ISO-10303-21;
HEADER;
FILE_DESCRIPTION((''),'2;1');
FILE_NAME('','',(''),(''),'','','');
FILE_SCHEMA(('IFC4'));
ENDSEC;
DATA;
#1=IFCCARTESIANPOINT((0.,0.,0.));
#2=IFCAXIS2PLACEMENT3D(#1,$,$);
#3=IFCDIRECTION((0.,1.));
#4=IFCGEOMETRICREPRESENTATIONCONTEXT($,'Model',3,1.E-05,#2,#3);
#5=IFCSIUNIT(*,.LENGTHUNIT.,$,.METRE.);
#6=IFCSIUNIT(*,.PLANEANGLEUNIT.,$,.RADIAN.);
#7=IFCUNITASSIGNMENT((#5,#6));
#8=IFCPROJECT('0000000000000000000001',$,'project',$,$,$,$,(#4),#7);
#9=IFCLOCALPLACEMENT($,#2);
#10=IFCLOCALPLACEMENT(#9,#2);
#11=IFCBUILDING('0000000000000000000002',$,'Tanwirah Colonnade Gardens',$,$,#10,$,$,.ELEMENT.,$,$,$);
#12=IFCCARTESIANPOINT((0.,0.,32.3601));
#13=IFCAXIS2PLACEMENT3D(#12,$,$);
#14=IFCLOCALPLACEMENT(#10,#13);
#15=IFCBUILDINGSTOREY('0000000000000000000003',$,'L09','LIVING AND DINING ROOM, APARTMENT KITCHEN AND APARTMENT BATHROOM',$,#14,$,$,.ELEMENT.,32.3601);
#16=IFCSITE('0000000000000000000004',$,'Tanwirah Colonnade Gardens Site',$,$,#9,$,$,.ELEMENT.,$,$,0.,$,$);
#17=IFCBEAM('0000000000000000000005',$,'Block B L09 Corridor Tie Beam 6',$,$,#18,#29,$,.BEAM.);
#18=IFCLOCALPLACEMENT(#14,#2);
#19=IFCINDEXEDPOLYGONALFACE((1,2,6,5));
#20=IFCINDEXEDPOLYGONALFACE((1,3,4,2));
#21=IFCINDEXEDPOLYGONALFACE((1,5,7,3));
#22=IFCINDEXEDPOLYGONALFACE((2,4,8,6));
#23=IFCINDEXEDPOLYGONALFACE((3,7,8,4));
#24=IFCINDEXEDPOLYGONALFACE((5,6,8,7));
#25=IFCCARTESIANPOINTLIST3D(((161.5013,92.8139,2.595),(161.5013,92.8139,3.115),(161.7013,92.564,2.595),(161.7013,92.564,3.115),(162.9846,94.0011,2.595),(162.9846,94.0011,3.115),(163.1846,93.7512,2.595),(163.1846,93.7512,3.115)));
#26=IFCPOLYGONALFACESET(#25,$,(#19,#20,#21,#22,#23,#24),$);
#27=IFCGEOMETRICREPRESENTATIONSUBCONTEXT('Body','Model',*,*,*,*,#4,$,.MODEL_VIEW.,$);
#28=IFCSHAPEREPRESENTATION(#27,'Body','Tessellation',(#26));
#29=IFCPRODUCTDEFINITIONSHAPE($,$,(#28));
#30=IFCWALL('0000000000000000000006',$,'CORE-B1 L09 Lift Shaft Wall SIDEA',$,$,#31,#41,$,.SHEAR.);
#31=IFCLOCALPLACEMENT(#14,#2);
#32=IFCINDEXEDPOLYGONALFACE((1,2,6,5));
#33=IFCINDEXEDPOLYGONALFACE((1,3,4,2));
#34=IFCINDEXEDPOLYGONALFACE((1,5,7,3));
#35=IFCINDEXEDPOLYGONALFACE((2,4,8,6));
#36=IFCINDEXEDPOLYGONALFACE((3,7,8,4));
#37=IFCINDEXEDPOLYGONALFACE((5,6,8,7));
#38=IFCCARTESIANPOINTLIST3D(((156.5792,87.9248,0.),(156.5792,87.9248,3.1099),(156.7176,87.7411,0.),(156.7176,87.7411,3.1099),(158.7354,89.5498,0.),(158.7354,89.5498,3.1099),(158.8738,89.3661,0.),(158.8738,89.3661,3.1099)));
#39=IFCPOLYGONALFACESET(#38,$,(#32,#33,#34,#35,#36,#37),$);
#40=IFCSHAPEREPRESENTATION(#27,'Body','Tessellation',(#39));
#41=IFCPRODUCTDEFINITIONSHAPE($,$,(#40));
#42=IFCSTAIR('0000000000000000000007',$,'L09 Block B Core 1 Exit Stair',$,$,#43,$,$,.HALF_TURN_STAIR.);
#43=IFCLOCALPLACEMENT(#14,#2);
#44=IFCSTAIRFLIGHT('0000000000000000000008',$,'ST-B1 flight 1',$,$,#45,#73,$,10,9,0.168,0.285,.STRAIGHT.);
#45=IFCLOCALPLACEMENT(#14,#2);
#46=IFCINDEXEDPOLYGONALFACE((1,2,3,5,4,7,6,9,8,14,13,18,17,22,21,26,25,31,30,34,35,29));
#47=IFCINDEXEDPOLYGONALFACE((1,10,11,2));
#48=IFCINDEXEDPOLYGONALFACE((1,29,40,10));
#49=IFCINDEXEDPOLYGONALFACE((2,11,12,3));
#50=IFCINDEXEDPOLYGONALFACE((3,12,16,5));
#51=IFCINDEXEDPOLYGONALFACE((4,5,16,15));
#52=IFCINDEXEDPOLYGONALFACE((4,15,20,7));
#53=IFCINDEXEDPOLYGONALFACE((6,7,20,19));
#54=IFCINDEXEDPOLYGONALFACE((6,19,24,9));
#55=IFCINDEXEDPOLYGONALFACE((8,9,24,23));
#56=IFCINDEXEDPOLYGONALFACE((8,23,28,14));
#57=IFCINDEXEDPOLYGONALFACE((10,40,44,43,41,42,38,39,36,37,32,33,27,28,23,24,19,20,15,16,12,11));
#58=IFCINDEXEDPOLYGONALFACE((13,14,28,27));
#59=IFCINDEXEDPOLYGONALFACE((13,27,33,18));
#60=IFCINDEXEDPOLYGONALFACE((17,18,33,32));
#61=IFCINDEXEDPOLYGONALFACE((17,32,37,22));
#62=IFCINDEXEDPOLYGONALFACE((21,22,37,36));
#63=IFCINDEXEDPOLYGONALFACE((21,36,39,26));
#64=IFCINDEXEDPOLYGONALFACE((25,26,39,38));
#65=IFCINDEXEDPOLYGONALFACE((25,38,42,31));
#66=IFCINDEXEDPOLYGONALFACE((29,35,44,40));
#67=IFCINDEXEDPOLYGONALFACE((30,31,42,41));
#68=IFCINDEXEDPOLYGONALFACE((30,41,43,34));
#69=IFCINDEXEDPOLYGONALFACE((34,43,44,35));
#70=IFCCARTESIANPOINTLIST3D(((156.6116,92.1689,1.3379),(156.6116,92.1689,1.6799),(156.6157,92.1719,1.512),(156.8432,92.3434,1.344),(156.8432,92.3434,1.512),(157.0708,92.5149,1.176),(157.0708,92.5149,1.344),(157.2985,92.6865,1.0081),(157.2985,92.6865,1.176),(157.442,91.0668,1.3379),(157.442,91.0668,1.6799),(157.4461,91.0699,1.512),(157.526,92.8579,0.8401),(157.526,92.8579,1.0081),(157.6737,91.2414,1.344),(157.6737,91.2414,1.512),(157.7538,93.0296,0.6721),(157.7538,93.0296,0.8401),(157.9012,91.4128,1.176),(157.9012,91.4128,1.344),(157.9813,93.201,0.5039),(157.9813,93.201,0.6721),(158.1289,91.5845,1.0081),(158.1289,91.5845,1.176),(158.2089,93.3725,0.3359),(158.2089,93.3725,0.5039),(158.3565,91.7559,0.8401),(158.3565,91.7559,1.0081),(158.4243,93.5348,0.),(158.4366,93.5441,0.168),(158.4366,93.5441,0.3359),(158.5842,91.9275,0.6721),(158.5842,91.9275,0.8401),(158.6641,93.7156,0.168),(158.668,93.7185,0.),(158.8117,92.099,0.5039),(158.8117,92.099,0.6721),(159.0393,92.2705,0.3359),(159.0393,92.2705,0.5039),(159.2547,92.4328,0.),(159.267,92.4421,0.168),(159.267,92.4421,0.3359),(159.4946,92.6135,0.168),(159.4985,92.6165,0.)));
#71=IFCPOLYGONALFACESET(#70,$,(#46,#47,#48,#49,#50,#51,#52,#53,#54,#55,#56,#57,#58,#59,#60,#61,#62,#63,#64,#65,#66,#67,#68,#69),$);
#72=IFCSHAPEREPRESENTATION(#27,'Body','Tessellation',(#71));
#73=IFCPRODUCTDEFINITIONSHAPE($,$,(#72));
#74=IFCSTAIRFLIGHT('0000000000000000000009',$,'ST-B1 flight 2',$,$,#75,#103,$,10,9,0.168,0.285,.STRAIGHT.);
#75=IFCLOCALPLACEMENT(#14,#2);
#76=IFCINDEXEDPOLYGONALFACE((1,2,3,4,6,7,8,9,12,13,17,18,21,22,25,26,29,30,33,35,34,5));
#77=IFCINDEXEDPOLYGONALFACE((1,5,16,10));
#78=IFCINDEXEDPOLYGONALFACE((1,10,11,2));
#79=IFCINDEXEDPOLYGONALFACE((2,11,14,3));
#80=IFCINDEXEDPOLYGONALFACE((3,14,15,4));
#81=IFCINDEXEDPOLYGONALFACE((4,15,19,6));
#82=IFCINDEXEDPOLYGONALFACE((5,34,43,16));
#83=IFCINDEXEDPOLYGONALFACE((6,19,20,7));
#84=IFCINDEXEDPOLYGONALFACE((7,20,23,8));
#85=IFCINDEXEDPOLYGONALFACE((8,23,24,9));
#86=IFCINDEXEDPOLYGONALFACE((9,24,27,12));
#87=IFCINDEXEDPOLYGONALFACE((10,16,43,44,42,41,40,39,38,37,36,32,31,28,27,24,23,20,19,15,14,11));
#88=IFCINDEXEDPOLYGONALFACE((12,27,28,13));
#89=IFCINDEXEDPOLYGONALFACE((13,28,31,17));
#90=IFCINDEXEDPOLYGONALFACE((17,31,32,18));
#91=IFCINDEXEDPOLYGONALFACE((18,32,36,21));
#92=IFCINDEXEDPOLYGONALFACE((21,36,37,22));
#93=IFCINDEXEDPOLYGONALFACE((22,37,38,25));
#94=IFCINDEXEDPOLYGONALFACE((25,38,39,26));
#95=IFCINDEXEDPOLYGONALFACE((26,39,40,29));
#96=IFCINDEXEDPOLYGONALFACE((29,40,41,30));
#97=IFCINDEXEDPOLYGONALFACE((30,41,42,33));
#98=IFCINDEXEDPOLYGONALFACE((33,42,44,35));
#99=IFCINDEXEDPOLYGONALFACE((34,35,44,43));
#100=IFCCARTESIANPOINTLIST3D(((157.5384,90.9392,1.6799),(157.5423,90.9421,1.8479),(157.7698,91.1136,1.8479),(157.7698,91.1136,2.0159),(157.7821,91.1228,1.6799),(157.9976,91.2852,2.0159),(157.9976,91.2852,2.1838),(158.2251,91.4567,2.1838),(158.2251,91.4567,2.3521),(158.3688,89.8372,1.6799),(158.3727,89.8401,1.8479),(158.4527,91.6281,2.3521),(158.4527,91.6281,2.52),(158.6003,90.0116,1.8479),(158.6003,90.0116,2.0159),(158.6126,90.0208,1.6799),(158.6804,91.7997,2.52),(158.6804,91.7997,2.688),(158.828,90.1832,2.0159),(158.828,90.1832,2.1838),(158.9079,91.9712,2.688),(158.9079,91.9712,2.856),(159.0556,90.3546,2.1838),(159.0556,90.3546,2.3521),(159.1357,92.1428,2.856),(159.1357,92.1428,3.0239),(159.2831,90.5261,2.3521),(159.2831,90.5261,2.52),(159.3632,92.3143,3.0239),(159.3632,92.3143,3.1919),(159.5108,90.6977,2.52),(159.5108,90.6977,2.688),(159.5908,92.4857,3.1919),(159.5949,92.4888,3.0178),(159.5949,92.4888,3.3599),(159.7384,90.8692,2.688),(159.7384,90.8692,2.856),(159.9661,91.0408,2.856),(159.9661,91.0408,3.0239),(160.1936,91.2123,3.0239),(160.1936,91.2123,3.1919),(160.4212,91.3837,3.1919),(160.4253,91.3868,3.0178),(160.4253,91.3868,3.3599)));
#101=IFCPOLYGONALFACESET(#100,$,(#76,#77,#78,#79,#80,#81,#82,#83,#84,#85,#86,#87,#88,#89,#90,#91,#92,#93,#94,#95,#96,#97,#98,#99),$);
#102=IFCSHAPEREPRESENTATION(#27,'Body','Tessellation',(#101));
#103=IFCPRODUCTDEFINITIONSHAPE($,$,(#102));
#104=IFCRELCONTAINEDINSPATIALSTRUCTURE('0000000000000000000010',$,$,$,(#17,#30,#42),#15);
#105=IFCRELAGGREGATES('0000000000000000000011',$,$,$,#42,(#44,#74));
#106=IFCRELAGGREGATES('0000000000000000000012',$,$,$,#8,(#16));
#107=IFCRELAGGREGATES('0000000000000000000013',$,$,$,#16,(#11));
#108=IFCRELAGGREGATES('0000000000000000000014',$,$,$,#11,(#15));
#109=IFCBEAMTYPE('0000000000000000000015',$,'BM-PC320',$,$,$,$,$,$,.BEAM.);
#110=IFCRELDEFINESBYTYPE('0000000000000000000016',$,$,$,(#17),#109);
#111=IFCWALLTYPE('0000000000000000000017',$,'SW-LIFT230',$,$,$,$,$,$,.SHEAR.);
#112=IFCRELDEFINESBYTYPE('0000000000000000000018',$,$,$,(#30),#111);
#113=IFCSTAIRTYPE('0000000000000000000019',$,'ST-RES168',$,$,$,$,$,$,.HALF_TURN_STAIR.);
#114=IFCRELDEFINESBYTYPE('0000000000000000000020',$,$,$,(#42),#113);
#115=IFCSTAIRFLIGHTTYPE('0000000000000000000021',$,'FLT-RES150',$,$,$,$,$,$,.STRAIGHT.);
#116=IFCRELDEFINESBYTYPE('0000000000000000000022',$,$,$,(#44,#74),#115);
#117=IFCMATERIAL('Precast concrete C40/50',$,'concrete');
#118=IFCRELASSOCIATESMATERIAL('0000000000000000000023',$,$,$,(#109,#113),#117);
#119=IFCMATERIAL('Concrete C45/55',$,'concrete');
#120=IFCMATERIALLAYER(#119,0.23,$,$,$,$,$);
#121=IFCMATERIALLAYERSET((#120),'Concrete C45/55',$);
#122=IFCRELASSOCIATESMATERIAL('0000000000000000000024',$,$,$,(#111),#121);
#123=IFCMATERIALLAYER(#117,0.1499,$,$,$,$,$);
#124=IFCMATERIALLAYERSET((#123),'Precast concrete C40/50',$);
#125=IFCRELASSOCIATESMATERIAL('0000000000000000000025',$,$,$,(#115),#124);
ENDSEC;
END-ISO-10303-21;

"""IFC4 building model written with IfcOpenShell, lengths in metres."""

from ifc_helpers import new_model, si_unit, direction, frame, frame_2d, origin, origin_2d, place, context, subcontext, project, spatial, polyline, rectangle, outline, extrude, material, layer, layer_set, material_profile, profile_set, type_object, element, aggregate, save


model = new_model("IFC4")

# Units and contexts
model_context = context("Model", 3, precision=1e-05, world=origin(), true_north=direction((0.0, 1.0)))
body_context = subcontext(model_context, "Body", "Model", "MODEL_VIEW")
ifc_project = project(units=[si_unit("LENGTHUNIT", "METRE"), si_unit("PLANEANGLEUNIT", "RADIAN")], contexts=[model_context])

# Site, building, storey
site_placement = place(None, origin())
site = spatial("IfcSite", under=ifc_project, at=site_placement, Name="Tanwirah Colonnade Gardens Site", CompositionType="ELEMENT", RefElevation=0.0)
building_placement = place(site_placement, origin())
building = spatial("IfcBuilding", under=site, at=building_placement, Name="Tanwirah Colonnade Gardens", CompositionType="ELEMENT")
storey_placement = place(building_placement, frame((0.0, 0.0, 32.3601)))
storey = spatial("IfcBuildingStorey", under=building, at=storey_placement, Name="L09", Description="LIVING AND DINING ROOM, APARTMENT KITCHEN AND APARTMENT BATHROOM", CompositionType="ELEMENT", Elevation=32.3601)

# Beam
ifc_material_1 = material(Name="Precast concrete C40/50", Category="concrete")
ifc_material_profile = material_profile(ifc_material_1, rectangle(XDim=0.3201, YDim=0.52, at=origin_2d()), Name="PC-BM 320x520")
ifc_profile_set = profile_set([ifc_material_profile], Name="Precast concrete C40/50")
beam_type = type_object("IfcBeamType", Name="BM-PC320", PredefinedType="BEAM", material=ifc_profile_set)
beam_placement = place(storey_placement, frame((161.6013, 92.689, 2.855), z_axis=(0.780731, 0.624867, 0.0), x_axis=(-0.624867, 0.780731, 0.0)))
element("IfcBeam", 1, at=beam_placement, inside=storey, type_object=beam_type, Name="Block B L09 Corridor Tie Beam 6", PredefinedType="BEAM", context=body_context, shape_type="SweptSolid", body=[
    extrude(rectangle(XDim=0.3201, YDim=0.52, at=origin_2d()), origin(), (0.0, 0.0, 1.0), 1.8999),
])

# Shared definitions
ifc_material_2 = material(Name="Concrete C45/55", Category="concrete")
ifc_layer_1 = layer(ifc_material_2, 0.23)
ifc_layer_set_1 = layer_set([ifc_layer_1], Name="Concrete C45/55")
wall_type_1 = type_object("IfcWallType", Name="SW-LIFT230", PredefinedType="SHEAR", material=ifc_layer_set_1)

# Wall
wall_1_placement = place(storey_placement, frame((158.8047, 89.458, 0.0), z_axis=(0.0, 0.0, 1.0), x_axis=(-0.798609, -0.60185, 0.0)))
element("IfcWall", 2, at=wall_1_placement, inside=storey, type_object=wall_type_1, Name="CORE-B1 L09 Lift Shaft Wall SIDEA", PredefinedType="SHEAR", context=body_context, shape_type="SweptSolid", body=[
    extrude(rectangle(XDim=2.7, YDim=0.23, at=frame_2d((1.3501, 0.0))), origin(), (0.0, 0.0, 1.0), 3.1099),
])

# Stair, stair flights
stair_type = type_object("IfcStairType", Name="ST-RES168", PredefinedType="HALF_TURN_STAIR", material=ifc_material_1)
stair_placement = place(storey_placement, origin())
stair = element("IfcStair", 3, at=stair_placement, inside=storey, type_object=stair_type, Name="L09 Block B Core 1 Exit Stair", PredefinedType="HALF_TURN_STAIR")
ifc_layer_2 = layer(ifc_material_1, 0.1499)
ifc_layer_set_2 = layer_set([ifc_layer_2], Name="Precast concrete C40/50")
stair_flight_type = type_object("IfcStairFlightType", Name="FLT-RES150", PredefinedType="STRAIGHT", material=ifc_layer_set_2)
stair_flight_1_placement = place(storey_placement, frame((159.0793, 93.1646, 0.0), z_axis=(0.0, 0.0, 1.0), x_axis=(-0.798636, -0.601815, 0.0)))
stair_flight_1 = element("IfcStairFlight", 4, at=stair_flight_1_placement, type_object=stair_flight_type, Name="ST-B1 flight 1", NumberOfRisers=10, NumberOfTreads=9, PredefinedType="STRAIGHT", RiserHeight=0.168, TreadLength=0.285, context=body_context, shape_type="SweptSolid", body=[
    extrude(outline(polyline([(-0.0049, 0.0), (0.0, 0.168), (0.2849, 0.168), (0.2849, 0.3359), (0.5701, 0.3359), (0.5701, 0.5039), (0.855, 0.5039), (0.855, 0.6721), (1.1399, 0.6721), (1.1399, 0.8401), (1.425, 0.8401), (1.425, 1.0081), (1.71, 1.0081), (1.71, 1.176), (1.9951, 1.176), (1.9951, 1.344), (2.28, 1.344), (2.28, 1.512), (2.5649, 1.512), (2.5701, 1.6799), (2.5701, 1.3379), (0.3003, 0.0), (-0.0049, 0.0)])), frame((0.0, 0.6899, 0.0), z_axis=(0.0, -1.0, 0.0), x_axis=(1.0, 0.0, 0.0)), (0.0, 0.0, 1.0), 1.3799),
])
stair_flight_2_placement = place(storey_placement, frame((157.9575, 90.3911, 1.6799), z_axis=(0.0, 0.0, 1.0), x_axis=(0.798636, 0.601815, 0.0)))
stair_flight_2 = element("IfcStairFlight", 5, at=stair_flight_2_placement, type_object=stair_flight_type, Name="ST-B1 flight 2", NumberOfRisers=10, NumberOfTreads=9, PredefinedType="STRAIGHT", RiserHeight=0.168, TreadLength=0.285, context=body_context, shape_type="SweptSolid", body=[
    extrude(outline(polyline([(-0.0049, 0.0), (0.0, 0.168), (0.2849, 0.168), (0.2849, 0.3359), (0.5701, 0.3359), (0.5701, 0.5039), (0.855, 0.5039), (0.855, 0.6721), (1.1399, 0.6721), (1.1399, 0.8401), (1.425, 0.8401), (1.425, 1.0081), (1.71, 1.0081), (1.71, 1.176), (1.9951, 1.176), (1.9951, 1.344), (2.28, 1.344), (2.28, 1.512), (2.5649, 1.512), (2.5701, 1.6799), (2.5701, 1.3379), (0.3003, 0.0), (-0.0049, 0.0)])), frame((0.0, 0.6899, 0.0), z_axis=(0.0, -1.0, 0.0), x_axis=(1.0, 0.0, 0.0)), (0.0, 0.0, 1.0), 1.3799),
])
aggregate(stair, [stair_flight_1, stair_flight_2])

save(model, "model.ifc")
